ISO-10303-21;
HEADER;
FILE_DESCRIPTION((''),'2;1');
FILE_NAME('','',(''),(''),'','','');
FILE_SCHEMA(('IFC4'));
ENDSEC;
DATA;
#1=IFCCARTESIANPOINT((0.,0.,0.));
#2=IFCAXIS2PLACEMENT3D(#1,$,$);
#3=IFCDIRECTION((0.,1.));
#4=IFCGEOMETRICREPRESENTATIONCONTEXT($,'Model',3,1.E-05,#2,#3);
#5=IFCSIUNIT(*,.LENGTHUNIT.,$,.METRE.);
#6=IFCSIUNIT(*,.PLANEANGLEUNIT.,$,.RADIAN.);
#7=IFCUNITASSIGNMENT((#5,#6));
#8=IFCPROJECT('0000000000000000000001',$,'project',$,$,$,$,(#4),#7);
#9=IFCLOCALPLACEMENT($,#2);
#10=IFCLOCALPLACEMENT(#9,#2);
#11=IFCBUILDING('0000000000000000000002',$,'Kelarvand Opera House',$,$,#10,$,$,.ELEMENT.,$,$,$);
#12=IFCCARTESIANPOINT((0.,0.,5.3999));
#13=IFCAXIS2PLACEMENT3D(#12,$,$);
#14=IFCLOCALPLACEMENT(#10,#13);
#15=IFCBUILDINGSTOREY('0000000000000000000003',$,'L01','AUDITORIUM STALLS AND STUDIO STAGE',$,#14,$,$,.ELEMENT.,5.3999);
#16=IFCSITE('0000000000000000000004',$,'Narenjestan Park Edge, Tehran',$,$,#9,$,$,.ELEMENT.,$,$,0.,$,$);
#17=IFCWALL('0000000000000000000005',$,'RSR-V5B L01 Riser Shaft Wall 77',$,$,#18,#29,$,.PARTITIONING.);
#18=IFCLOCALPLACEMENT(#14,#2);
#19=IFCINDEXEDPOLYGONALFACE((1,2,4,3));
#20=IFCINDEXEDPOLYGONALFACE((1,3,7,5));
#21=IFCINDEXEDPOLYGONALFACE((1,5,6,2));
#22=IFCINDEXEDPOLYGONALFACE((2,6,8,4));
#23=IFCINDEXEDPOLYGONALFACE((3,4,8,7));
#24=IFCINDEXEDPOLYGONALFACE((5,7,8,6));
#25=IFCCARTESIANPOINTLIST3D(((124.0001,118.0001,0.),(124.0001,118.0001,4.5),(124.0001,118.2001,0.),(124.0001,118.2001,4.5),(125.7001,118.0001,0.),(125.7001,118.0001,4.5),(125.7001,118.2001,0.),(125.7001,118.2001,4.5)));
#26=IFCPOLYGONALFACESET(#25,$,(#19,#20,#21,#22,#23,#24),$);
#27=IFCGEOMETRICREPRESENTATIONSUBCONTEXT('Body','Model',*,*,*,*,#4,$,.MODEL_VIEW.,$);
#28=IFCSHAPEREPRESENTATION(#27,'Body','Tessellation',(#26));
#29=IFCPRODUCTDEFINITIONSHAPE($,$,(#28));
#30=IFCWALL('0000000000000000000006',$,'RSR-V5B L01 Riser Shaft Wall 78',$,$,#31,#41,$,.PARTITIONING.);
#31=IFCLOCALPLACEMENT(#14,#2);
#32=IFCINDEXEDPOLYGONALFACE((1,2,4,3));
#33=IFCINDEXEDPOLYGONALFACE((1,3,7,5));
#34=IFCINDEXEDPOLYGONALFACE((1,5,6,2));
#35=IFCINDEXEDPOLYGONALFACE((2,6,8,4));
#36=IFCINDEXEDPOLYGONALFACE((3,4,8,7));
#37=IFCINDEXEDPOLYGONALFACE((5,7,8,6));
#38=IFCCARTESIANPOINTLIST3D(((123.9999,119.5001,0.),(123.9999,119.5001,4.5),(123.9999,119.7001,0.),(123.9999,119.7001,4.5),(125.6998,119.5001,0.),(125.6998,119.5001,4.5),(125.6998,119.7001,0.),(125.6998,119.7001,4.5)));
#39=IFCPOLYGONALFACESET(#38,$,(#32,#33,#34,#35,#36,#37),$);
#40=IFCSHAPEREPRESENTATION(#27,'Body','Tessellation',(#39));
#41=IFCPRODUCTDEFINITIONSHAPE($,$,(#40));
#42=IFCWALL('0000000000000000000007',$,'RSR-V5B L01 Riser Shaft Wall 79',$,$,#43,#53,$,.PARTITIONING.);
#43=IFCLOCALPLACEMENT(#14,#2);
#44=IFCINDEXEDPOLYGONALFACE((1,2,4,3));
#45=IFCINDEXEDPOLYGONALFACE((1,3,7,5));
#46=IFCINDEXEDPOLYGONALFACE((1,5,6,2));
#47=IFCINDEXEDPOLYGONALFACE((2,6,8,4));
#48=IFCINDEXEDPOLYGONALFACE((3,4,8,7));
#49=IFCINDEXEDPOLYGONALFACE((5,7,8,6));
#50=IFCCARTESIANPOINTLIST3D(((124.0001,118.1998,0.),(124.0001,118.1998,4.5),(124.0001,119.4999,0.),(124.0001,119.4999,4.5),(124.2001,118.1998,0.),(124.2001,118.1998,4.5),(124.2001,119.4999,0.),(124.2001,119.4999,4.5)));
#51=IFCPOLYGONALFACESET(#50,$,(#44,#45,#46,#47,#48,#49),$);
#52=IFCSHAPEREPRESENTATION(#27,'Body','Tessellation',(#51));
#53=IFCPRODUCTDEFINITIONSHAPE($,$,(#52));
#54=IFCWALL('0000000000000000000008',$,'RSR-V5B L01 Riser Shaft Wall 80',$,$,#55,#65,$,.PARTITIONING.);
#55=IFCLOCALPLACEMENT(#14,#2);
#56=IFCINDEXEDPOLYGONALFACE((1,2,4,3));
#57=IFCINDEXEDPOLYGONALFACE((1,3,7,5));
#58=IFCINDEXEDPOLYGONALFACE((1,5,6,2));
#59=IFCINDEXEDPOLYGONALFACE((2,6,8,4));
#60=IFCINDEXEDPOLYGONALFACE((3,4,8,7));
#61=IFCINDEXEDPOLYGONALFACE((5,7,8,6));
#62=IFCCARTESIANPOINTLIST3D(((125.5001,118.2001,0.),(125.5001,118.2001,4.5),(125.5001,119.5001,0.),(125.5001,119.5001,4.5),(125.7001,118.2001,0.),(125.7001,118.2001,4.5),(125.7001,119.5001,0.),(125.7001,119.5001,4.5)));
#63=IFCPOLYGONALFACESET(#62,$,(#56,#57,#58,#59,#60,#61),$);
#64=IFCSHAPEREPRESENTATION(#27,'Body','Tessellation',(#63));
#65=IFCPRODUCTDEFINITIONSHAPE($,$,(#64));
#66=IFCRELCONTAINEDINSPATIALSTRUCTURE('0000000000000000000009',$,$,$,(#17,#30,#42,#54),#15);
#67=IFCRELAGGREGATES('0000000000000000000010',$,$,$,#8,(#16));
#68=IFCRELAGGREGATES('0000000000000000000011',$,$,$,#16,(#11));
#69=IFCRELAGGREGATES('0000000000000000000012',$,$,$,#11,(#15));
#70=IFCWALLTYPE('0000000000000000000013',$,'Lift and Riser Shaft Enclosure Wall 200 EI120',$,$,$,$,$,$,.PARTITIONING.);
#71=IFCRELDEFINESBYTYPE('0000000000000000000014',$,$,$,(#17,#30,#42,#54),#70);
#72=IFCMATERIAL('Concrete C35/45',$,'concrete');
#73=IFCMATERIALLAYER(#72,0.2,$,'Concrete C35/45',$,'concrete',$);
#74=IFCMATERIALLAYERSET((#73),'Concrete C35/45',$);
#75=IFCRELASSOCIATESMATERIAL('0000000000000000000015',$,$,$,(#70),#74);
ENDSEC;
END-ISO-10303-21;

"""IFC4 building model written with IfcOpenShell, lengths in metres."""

from ifc_helpers import new_model, si_unit, direction, frame, frame_2d, origin, place, context, subcontext, project, spatial, rectangle, extrude, material, layer, layer_set, type_object, element, save


model = new_model("IFC4")

# Units and contexts
model_context = context("Model", 3, precision=1e-05, world=origin(), true_north=direction((0.0, 1.0)))
body_context = subcontext(model_context, "Body", "Model", "MODEL_VIEW")
ifc_project = project(units=[si_unit("LENGTHUNIT", "METRE"), si_unit("PLANEANGLEUNIT", "RADIAN")], contexts=[model_context])

# Site, building, storey
site_placement = place(None, origin())
site = spatial("IfcSite", under=ifc_project, at=site_placement, Name="Narenjestan Park Edge, Tehran", CompositionType="ELEMENT", RefElevation=0.0)
building_placement = place(site_placement, origin())
building = spatial("IfcBuilding", under=site, at=building_placement, Name="Kelarvand Opera House", CompositionType="ELEMENT")
storey_placement = place(building_placement, frame((0.0, 0.0, 5.3999)))
storey = spatial("IfcBuildingStorey", under=building, at=storey_placement, Name="L01", Description="AUDITORIUM STALLS AND STUDIO STAGE", CompositionType="ELEMENT", Elevation=5.3999)

# Shared definitions
ifc_material_1 = material(Name="Concrete C35/45", Category="concrete")

# Walls
ifc_layer_1 = layer(ifc_material_1, 0.2, Name="Concrete C35/45", Category="concrete")
ifc_layer_set_1 = layer_set([ifc_layer_1], Name="Concrete C35/45")
wall_type_1 = type_object("IfcWallType", Name="Lift and Riser Shaft Enclosure Wall 200 EI120", PredefinedType="PARTITIONING", material=ifc_layer_set_1)
for number, where, z_axis, x_axis, name in (
    (1, (124.0, 118.1001, 0.0), (0.0, 0.0, 1.0), (1.0, 0.0, 0.0), "RSR-V5B L01 Riser Shaft Wall 77"),
    (2, (125.7, 119.6001, 0.0), (0.0, 0.0, 1.0), (-1.0, 0.0, 0.0), "RSR-V5B L01 Riser Shaft Wall 78"),
):
    element("IfcWall", number, at=place(storey_placement, frame(where, z_axis=z_axis, x_axis=x_axis)), inside=storey, type_object=wall_type_1, Name=name, PredefinedType="PARTITIONING", context=body_context, shape_type="SweptSolid", body=[
        extrude(rectangle(XDim=1.7, YDim=0.2, at=frame_2d((0.8501, 0.0))), origin(), (0.0, 0.0, 1.0), 4.5),
    ])
for number, where, z_axis, x_axis, name in (
    (3, (124.1001, 118.2, 0.0), (0.0, 0.0, 1.0), (0.0, 1.0, 0.0), "RSR-V5B L01 Riser Shaft Wall 79"),
    (4, (125.6001, 119.5, 0.0), (0.0, 0.0, 1.0), (0.0, -1.0, 0.0), "RSR-V5B L01 Riser Shaft Wall 80"),
):
    element("IfcWall", number, at=place(storey_placement, frame(where, z_axis=z_axis, x_axis=x_axis)), inside=storey, type_object=wall_type_1, Name=name, PredefinedType="PARTITIONING", context=body_context, shape_type="SweptSolid", body=[
        extrude(rectangle(XDim=1.3, YDim=0.2, at=frame_2d((0.6499, 0.0))), origin(), (0.0, 0.0, 1.0), 4.5),
    ])

save(model, "model.ifc")
